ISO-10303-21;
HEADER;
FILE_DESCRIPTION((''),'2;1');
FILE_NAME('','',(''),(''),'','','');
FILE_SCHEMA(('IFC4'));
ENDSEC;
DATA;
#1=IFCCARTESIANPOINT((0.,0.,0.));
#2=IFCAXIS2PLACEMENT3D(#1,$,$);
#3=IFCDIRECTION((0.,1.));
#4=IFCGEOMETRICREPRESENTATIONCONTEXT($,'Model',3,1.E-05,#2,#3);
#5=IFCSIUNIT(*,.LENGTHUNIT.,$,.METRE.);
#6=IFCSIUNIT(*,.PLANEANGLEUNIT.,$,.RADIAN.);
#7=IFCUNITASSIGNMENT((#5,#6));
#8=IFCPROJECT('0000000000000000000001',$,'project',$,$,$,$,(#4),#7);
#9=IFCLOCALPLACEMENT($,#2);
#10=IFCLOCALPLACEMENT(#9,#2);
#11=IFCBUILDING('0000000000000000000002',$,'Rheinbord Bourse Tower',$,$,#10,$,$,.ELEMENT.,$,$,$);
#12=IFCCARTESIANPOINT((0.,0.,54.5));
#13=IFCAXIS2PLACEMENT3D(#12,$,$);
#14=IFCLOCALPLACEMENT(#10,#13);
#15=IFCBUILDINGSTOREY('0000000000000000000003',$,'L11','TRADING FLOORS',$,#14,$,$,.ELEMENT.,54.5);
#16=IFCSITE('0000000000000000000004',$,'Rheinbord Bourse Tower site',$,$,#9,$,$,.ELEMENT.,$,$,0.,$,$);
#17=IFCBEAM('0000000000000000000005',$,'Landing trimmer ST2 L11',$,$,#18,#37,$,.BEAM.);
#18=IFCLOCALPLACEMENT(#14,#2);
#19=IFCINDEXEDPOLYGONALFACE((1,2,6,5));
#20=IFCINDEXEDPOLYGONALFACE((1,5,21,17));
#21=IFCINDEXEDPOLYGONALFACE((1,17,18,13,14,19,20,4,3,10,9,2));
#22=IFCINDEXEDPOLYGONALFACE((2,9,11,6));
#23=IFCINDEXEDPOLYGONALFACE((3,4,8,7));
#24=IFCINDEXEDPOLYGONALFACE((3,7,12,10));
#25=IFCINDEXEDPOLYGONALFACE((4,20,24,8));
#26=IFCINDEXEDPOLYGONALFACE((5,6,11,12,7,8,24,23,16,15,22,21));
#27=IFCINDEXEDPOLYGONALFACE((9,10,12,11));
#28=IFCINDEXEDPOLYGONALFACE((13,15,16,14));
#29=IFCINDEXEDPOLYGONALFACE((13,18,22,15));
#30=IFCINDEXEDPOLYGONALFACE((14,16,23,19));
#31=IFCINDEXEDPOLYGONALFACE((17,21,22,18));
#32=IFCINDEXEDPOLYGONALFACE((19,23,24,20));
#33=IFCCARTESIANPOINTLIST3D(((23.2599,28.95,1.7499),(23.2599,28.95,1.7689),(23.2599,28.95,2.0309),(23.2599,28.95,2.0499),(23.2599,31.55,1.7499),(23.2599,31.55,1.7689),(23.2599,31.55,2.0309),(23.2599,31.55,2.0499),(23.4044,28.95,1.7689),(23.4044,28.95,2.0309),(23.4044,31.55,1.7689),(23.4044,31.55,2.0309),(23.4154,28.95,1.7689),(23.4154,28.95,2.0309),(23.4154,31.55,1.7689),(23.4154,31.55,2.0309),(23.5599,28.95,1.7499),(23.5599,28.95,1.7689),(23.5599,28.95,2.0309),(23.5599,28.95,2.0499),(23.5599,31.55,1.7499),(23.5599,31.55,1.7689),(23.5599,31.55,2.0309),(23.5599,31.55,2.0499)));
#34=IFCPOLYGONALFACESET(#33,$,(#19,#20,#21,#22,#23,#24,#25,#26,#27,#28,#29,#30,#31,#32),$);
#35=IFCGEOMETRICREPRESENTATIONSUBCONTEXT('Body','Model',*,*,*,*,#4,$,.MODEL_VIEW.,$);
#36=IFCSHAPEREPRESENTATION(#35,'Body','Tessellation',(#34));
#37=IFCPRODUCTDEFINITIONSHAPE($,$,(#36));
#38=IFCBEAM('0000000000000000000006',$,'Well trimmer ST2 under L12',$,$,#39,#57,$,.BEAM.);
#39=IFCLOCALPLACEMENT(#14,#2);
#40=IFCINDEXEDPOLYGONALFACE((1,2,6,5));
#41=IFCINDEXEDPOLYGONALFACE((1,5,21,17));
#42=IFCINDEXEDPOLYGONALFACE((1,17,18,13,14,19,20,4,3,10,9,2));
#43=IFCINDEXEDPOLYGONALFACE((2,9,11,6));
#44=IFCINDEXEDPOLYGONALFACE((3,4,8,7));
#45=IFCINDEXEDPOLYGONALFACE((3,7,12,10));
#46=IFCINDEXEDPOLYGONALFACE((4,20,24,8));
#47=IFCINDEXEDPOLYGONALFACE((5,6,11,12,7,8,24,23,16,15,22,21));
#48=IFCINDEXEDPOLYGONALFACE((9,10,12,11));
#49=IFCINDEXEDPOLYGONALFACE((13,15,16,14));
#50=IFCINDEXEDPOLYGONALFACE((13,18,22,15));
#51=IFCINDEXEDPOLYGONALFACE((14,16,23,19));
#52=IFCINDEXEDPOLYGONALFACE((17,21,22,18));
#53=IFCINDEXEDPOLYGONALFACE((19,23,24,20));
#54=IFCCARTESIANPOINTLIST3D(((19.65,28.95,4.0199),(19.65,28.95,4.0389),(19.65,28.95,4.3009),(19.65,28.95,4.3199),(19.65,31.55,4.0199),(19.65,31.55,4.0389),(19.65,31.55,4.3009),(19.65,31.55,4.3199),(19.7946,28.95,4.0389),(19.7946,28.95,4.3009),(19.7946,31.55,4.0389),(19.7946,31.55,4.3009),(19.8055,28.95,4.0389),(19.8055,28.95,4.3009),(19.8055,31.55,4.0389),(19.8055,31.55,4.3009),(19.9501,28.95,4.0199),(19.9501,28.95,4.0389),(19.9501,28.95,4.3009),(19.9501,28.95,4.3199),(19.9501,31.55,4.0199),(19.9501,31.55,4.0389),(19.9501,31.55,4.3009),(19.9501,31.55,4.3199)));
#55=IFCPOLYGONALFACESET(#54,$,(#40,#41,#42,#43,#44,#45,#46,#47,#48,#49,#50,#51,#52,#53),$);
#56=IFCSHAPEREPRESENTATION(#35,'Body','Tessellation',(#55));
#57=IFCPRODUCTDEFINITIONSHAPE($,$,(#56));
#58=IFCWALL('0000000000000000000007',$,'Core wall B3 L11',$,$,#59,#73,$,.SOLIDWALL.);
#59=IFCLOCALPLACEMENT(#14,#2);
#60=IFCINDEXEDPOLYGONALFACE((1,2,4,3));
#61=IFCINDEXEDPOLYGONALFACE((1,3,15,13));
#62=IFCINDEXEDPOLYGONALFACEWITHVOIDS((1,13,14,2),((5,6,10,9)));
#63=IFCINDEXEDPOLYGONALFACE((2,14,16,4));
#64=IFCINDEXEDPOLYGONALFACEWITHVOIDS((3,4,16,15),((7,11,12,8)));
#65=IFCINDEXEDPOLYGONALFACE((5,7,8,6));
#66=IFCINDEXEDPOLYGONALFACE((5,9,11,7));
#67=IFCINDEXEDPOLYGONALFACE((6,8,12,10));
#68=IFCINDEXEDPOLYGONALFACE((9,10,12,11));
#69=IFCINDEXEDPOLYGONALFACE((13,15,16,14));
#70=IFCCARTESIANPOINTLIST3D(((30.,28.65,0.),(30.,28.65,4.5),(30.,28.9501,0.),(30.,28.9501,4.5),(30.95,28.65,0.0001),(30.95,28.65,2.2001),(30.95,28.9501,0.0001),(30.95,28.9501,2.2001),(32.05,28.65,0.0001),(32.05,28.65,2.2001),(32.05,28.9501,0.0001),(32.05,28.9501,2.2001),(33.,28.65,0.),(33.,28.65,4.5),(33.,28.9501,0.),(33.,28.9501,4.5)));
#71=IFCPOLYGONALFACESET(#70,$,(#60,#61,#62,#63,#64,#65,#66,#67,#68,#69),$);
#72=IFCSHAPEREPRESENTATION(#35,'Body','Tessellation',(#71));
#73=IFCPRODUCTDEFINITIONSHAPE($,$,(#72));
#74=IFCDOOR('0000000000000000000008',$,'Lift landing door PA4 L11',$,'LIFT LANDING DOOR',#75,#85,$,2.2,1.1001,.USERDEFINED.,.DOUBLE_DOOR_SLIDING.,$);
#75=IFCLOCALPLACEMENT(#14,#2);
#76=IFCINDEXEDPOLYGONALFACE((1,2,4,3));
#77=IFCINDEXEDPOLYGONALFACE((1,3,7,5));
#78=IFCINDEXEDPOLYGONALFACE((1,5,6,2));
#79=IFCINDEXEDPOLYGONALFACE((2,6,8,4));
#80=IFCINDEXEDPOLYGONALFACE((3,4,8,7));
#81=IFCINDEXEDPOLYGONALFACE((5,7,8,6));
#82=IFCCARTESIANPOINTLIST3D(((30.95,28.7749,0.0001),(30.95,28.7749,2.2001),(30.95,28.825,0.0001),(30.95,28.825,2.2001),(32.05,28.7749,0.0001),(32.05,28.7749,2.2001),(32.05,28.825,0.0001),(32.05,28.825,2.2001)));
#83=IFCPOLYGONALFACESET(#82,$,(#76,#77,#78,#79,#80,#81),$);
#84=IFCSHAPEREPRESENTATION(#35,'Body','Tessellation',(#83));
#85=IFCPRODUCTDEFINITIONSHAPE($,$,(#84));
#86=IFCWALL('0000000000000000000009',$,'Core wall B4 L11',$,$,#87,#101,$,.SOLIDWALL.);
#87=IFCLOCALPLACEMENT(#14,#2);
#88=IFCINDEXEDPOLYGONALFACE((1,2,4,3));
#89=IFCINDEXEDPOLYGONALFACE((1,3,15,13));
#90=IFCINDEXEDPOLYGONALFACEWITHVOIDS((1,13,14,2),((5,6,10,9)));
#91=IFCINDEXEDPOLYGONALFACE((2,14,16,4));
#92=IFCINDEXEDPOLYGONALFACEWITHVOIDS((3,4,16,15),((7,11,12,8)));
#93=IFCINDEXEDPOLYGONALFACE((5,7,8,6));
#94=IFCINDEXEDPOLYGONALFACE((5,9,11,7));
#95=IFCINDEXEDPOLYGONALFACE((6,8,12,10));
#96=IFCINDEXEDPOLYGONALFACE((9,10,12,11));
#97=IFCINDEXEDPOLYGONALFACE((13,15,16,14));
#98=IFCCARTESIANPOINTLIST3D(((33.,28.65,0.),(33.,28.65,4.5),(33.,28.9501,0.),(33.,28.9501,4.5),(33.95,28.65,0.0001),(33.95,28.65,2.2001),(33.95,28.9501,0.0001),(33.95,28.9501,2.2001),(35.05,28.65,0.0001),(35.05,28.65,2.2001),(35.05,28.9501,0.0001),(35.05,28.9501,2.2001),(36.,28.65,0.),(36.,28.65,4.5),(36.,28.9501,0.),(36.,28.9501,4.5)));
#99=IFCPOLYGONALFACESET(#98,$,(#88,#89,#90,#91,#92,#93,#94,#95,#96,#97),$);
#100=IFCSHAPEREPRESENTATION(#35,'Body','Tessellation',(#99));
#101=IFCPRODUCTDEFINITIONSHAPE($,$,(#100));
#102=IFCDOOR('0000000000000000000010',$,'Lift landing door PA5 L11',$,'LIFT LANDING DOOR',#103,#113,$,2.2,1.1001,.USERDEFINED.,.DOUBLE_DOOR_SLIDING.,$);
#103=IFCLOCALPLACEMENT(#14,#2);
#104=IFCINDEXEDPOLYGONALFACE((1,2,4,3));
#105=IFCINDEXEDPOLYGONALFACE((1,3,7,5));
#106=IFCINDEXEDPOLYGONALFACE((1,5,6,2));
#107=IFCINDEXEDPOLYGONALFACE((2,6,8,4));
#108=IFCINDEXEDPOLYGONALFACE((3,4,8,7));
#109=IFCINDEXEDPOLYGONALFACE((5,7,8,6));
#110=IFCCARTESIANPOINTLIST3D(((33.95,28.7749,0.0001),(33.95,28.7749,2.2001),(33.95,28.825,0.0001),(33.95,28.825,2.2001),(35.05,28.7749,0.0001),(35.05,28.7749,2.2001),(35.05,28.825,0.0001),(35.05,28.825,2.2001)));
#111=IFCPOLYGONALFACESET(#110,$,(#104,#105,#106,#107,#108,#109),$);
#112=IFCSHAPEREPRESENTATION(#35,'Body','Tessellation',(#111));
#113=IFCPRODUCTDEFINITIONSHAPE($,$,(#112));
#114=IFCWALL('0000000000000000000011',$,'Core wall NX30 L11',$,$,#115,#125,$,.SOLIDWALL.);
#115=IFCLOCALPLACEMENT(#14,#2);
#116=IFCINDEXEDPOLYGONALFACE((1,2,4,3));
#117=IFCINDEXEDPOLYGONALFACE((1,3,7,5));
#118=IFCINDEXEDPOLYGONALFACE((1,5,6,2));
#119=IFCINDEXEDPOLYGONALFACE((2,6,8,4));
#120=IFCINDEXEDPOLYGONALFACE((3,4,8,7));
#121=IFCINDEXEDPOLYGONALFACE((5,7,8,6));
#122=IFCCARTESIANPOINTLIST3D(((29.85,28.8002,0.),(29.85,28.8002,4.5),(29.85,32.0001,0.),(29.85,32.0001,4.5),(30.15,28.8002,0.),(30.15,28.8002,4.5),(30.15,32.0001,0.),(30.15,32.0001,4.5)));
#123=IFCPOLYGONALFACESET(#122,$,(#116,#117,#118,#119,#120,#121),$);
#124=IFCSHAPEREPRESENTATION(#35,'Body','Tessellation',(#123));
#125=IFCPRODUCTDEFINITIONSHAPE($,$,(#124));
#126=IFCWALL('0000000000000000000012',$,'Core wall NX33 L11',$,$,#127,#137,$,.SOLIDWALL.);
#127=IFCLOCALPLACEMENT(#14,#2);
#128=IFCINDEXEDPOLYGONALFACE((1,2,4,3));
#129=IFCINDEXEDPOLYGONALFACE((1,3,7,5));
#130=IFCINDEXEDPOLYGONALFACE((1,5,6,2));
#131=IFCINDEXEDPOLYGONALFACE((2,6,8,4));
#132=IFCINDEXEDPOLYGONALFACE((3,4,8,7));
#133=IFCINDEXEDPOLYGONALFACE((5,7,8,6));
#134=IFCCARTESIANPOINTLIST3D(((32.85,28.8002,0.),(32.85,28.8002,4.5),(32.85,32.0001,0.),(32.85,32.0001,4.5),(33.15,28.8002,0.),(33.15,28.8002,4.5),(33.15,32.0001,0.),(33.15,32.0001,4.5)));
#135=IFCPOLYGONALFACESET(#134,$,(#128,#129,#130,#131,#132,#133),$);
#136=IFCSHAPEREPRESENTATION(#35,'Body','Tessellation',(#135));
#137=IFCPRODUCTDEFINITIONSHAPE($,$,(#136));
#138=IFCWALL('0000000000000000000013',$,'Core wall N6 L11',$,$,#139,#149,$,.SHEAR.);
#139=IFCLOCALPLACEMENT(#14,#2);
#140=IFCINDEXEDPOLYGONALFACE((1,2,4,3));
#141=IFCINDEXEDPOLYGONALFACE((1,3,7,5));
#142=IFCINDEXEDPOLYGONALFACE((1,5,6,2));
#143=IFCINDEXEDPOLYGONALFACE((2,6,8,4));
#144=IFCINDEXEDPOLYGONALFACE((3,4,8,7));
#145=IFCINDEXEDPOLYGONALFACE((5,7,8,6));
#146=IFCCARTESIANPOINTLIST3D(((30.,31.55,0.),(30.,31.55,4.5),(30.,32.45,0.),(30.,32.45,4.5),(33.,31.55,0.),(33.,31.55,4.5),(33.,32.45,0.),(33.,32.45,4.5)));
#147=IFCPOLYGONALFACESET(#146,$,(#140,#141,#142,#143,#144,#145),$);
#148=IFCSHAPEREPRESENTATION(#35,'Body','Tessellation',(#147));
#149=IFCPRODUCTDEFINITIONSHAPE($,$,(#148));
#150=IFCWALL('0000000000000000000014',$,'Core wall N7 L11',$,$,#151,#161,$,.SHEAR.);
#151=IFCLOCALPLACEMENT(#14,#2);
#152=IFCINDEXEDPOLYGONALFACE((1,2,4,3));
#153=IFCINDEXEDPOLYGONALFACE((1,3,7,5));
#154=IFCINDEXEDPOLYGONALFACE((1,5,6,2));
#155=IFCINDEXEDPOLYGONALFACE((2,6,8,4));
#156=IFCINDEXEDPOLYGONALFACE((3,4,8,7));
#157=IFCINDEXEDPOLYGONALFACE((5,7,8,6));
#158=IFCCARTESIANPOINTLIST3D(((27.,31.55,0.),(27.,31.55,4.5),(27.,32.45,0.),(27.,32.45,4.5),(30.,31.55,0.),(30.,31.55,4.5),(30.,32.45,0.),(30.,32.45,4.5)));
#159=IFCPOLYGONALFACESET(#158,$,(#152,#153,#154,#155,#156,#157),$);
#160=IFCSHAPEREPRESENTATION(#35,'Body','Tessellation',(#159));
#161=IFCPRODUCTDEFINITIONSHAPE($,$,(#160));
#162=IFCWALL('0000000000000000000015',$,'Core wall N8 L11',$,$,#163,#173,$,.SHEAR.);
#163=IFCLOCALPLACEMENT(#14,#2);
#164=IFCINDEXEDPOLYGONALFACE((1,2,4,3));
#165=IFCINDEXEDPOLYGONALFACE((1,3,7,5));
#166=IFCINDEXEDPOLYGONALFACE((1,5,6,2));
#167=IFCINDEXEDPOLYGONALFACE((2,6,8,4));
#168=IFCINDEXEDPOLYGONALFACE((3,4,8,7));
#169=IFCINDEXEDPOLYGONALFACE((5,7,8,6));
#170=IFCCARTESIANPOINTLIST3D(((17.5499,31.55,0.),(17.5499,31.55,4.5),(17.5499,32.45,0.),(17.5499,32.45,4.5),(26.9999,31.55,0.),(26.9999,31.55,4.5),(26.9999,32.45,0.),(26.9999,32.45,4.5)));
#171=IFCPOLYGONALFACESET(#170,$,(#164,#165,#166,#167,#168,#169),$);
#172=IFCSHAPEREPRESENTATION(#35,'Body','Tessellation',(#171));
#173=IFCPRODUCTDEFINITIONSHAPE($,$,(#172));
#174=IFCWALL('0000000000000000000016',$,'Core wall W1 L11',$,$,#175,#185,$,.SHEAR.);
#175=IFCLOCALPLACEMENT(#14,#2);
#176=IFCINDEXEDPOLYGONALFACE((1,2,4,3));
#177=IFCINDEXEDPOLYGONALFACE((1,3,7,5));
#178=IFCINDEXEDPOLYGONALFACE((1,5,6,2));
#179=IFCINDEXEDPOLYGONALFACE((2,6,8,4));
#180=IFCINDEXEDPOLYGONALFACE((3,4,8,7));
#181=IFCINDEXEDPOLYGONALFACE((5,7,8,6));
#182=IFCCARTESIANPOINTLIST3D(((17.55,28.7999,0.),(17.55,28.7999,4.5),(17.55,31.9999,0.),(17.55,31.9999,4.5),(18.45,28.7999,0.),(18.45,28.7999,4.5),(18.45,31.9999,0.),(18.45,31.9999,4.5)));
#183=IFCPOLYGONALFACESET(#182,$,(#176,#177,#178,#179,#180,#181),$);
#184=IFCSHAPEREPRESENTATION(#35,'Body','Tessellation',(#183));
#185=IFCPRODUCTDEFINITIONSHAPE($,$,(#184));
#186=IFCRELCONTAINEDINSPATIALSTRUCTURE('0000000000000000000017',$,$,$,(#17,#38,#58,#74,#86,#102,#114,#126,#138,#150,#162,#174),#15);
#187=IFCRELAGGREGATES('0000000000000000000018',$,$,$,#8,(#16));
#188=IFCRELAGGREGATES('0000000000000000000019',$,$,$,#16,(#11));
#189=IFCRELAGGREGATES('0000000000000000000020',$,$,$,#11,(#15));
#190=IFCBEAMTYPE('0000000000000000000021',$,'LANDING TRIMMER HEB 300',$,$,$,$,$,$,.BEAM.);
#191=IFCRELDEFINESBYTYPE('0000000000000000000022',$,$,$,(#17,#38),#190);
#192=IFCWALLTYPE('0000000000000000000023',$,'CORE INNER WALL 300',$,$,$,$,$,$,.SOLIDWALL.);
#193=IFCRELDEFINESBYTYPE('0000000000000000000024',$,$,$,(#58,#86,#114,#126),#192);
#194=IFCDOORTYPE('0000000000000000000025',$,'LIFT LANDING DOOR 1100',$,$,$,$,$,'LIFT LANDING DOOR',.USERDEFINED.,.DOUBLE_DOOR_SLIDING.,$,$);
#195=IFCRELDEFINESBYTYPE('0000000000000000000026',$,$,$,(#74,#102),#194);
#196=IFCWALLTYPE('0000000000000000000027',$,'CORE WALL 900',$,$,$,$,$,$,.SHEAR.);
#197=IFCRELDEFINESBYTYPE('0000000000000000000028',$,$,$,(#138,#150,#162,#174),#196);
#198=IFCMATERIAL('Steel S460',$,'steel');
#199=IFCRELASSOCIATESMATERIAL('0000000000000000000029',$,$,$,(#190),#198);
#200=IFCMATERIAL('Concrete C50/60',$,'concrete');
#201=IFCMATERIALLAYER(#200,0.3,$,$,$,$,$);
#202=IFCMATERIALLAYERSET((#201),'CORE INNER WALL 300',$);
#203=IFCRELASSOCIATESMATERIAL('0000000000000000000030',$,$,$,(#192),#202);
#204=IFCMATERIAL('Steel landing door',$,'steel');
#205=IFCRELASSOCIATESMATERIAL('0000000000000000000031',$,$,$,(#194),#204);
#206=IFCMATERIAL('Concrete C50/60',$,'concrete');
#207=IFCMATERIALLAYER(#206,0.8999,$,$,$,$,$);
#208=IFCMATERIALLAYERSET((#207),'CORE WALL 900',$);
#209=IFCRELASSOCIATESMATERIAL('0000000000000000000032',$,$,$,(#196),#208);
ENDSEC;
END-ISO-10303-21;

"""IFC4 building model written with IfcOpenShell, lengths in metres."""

from ifc_helpers import new_model, si_unit, direction, frame, frame_2d, origin, origin_2d, place, context, subcontext, project, spatial, rectangle, i_section, extrude, material, layer, layer_set, material_profile, profile_set, type_object, element, fill, save


model = new_model("IFC4")

# Units and contexts
model_context = context("Model", 3, precision=1e-05, world=origin(), true_north=direction((0.0, 1.0)))
body_context = subcontext(model_context, "Body", "Model", "MODEL_VIEW")
ifc_project = project(units=[si_unit("LENGTHUNIT", "METRE"), si_unit("PLANEANGLEUNIT", "RADIAN")], contexts=[model_context])

# Site, building, storey
site_placement = place(None, origin())
site = spatial("IfcSite", under=ifc_project, at=site_placement, Name="Rheinbord Bourse Tower site", CompositionType="ELEMENT", RefElevation=0.0)
building_placement = place(site_placement, origin())
building = spatial("IfcBuilding", under=site, at=building_placement, Name="Rheinbord Bourse Tower", CompositionType="ELEMENT")
storey_placement = place(building_placement, frame((0.0, 0.0, 54.5)))
storey = spatial("IfcBuildingStorey", under=building, at=storey_placement, Name="L11", Description="TRADING FLOORS", CompositionType="ELEMENT", Elevation=54.5)

# Beams
ifc_material_1 = material(Name="Steel S460", Category="steel")
ifc_material_profile = material_profile(ifc_material_1, i_section(OverallWidth=0.3, OverallDepth=0.3, WebThickness=0.011, FlangeThickness=0.019, at=origin_2d()), Name="HEB 300")
ifc_profile_set = profile_set([ifc_material_profile], Name="Steel S460")
beam_type = type_object("IfcBeamType", Name="LANDING TRIMMER HEB 300", PredefinedType="BEAM", material=ifc_profile_set)
for number, where, z_axis, x_axis, name in (
    (1, (23.4099, 28.95, 1.8999), (0.0, 1.0, 0.0), (-1.0, 0.0, 0.0), "Landing trimmer ST2 L11"),
    (2, (19.8, 28.95, 4.1699), (0.0, 1.0, 0.0), (-1.0, 0.0, 0.0), "Well trimmer ST2 under L12"),
):
    element("IfcBeam", number, at=place(storey_placement, frame(where, z_axis=z_axis, x_axis=x_axis)), inside=storey, type_object=beam_type, Name=name, PredefinedType="BEAM", context=body_context, shape_type="SweptSolid", body=[
        extrude(i_section(OverallWidth=0.3, OverallDepth=0.3, WebThickness=0.011, FlangeThickness=0.019, at=origin_2d()), origin(), (0.0, 0.0, 1.0), 2.6001),
    ])

# Walls, openings, doors
ifc_material_2 = material(Name="Concrete C50/60", Category="concrete")
ifc_layer_1 = layer(ifc_material_2, 0.3)
ifc_layer_set_1 = layer_set([ifc_layer_1], Name="CORE INNER WALL 300")
wall_type_1 = type_object("IfcWallType", Name="CORE INNER WALL 300", PredefinedType="SOLIDWALL", material=ifc_layer_set_1)
wall_1_placement = place(storey_placement, frame((30.0, 28.8, 0.0), z_axis=(0.0, 0.0, 1.0), x_axis=(1.0, 0.0, 0.0)))
wall_1 = element("IfcWall", 3, at=wall_1_placement, inside=storey, type_object=wall_type_1, Name="Core wall B3 L11", PredefinedType="SOLIDWALL", context=body_context, shape_type="SweptSolid", body=[
    extrude(rectangle(XDim=3.0, YDim=0.3, at=frame_2d((1.5, 0.0))), origin(), (0.0, 0.0, 1.0), 4.5),
])
opening_1_placement = place(wall_1_placement, frame((0.95, 0.0, 0.0)))
opening_1 = element("IfcOpeningElement", 4, at=opening_1_placement, cuts=wall_1, PredefinedType="OPENING", context=body_context, shape_type="SweptSolid", body=[
    extrude(rectangle(XDim=1.1001, YDim=2.2, at=frame_2d((0.55, 1.1001))), frame((0.0, 0.1599, 0.0), z_axis=(0.0, -1.0, 0.0), x_axis=(1.0, 0.0, 0.0)), (0.0, 0.0, 1.0), 0.3201),
])
ifc_material_3 = material(Name="Steel landing door", Category="steel")
door_type_1 = type_object("IfcDoorType", Name="LIFT LANDING DOOR 1100", ElementType="LIFT LANDING DOOR", OperationType="DOUBLE_DOOR_SLIDING", PredefinedType="USERDEFINED", material=ifc_material_3)
door_1_placement = place(opening_1_placement, origin())
door_1 = element("IfcDoor", 5, at=door_1_placement, inside=storey, type_object=door_type_1, Name="Lift landing door PA4 L11", ObjectType="LIFT LANDING DOOR", OperationType="DOUBLE_DOOR_SLIDING", OverallHeight=2.2, OverallWidth=1.1001, PredefinedType="USERDEFINED", context=body_context, shape_type="SweptSolid", body=[
    extrude(rectangle(XDim=1.1001, YDim=2.2, at=frame_2d((0.55, 1.1001))), frame((0.0, 0.0249, 0.0), z_axis=(0.0, -1.0, 0.0), x_axis=(1.0, 0.0, 0.0)), (0.0, 0.0, 1.0), 0.05),
])
fill(opening_1, door_1)
wall_2_placement = place(storey_placement, frame((33.0, 28.8, 0.0), z_axis=(0.0, 0.0, 1.0), x_axis=(1.0, 0.0, 0.0)))
wall_2 = element("IfcWall", 6, at=wall_2_placement, inside=storey, type_object=wall_type_1, Name="Core wall B4 L11", PredefinedType="SOLIDWALL", context=body_context, shape_type="SweptSolid", body=[
    extrude(rectangle(XDim=3.0, YDim=0.3, at=frame_2d((1.5, 0.0))), origin(), (0.0, 0.0, 1.0), 4.5),
])
opening_2_placement = place(wall_2_placement, frame((0.95, 0.0, 0.0)))
opening_2 = element("IfcOpeningElement", 7, at=opening_2_placement, cuts=wall_2, PredefinedType="OPENING", context=body_context, shape_type="SweptSolid", body=[
    extrude(rectangle(XDim=1.1001, YDim=2.2, at=frame_2d((0.55, 1.1001))), frame((0.0, 0.1599, 0.0), z_axis=(0.0, -1.0, 0.0), x_axis=(1.0, 0.0, 0.0)), (0.0, 0.0, 1.0), 0.3201),
])
door_2_placement = place(opening_2_placement, origin())
door_2 = element("IfcDoor", 8, at=door_2_placement, inside=storey, type_object=door_type_1, Name="Lift landing door PA5 L11", ObjectType="LIFT LANDING DOOR", OperationType="DOUBLE_DOOR_SLIDING", OverallHeight=2.2, OverallWidth=1.1001, PredefinedType="USERDEFINED", context=body_context, shape_type="SweptSolid", body=[
    extrude(rectangle(XDim=1.1001, YDim=2.2, at=frame_2d((0.55, 1.1001))), frame((0.0, 0.0249, 0.0), z_axis=(0.0, -1.0, 0.0), x_axis=(1.0, 0.0, 0.0)), (0.0, 0.0, 1.0), 0.05),
])
fill(opening_2, door_2)

# Walls
for number, where, z_axis, x_axis, name in (
    (9, (30.0, 28.8, 0.0), (0.0, 0.0, 1.0), (0.0, 1.0, 0.0), "Core wall NX30 L11"),
    (10, (33.0, 28.8, 0.0), (0.0, 0.0, 1.0), (0.0, 1.0, 0.0), "Core wall NX33 L11"),
):
    element("IfcWall", number, at=place(storey_placement, frame(where, z_axis=z_axis, x_axis=x_axis)), inside=storey, type_object=wall_type_1, Name=name, PredefinedType="SOLIDWALL", context=body_context, shape_type="SweptSolid", body=[
        extrude(rectangle(XDim=3.2, YDim=0.3, at=frame_2d((1.6001, 0.0))), origin(), (0.0, 0.0, 1.0), 4.5),
    ])
ifc_material_4 = material(Name="Concrete C50/60", Category="concrete")
ifc_layer_2 = layer(ifc_material_4, 0.8999)
ifc_layer_set_2 = layer_set([ifc_layer_2], Name="CORE WALL 900")
wall_type_2 = type_object("IfcWallType", Name="CORE WALL 900", PredefinedType="SHEAR", material=ifc_layer_set_2)
for number, where, z_axis, x_axis, name in (
    (11, (33.0, 32.0, 0.0), (0.0, 0.0, 1.0), (-1.0, 0.0, 0.0), "Core wall N6 L11"),
    (12, (30.0, 32.0, 0.0), (0.0, 0.0, 1.0), (-1.0, 0.0, 0.0), "Core wall N7 L11"),
):
    element("IfcWall", number, at=place(storey_placement, frame(where, z_axis=z_axis, x_axis=x_axis)), inside=storey, type_object=wall_type_2, Name=name, PredefinedType="SHEAR", context=body_context, shape_type="SweptSolid", body=[
        extrude(rectangle(XDim=3.0, YDim=0.8999, at=frame_2d((1.5, 0.0))), origin(), (0.0, 0.0, 1.0), 4.5),
    ])
wall_3_placement = place(storey_placement, frame((27.0, 32.0, 0.0), z_axis=(0.0, 0.0, 1.0), x_axis=(-1.0, 0.0, 0.0)))
element("IfcWall", 13, at=wall_3_placement, inside=storey, type_object=wall_type_2, Name="Core wall N8 L11", PredefinedType="SHEAR", context=body_context, shape_type="SweptSolid", body=[
    extrude(rectangle(XDim=9.45, YDim=0.8999, at=frame_2d((4.7251, 0.0))), origin(), (0.0, 0.0, 1.0), 4.5),
])
wall_4_placement = place(storey_placement, frame((18.0, 32.0, 0.0), z_axis=(0.0, 0.0, 1.0), x_axis=(0.0, -1.0, 0.0)))
element("IfcWall", 14, at=wall_4_placement, inside=storey, type_object=wall_type_2, Name="Core wall W1 L11", PredefinedType="SHEAR", context=body_context, shape_type="SweptSolid", body=[
    extrude(rectangle(XDim=3.2, YDim=0.8999, at=frame_2d((1.6001, 0.0))), origin(), (0.0, 0.0, 1.0), 4.5),
])

save(model, "model.ifc")
